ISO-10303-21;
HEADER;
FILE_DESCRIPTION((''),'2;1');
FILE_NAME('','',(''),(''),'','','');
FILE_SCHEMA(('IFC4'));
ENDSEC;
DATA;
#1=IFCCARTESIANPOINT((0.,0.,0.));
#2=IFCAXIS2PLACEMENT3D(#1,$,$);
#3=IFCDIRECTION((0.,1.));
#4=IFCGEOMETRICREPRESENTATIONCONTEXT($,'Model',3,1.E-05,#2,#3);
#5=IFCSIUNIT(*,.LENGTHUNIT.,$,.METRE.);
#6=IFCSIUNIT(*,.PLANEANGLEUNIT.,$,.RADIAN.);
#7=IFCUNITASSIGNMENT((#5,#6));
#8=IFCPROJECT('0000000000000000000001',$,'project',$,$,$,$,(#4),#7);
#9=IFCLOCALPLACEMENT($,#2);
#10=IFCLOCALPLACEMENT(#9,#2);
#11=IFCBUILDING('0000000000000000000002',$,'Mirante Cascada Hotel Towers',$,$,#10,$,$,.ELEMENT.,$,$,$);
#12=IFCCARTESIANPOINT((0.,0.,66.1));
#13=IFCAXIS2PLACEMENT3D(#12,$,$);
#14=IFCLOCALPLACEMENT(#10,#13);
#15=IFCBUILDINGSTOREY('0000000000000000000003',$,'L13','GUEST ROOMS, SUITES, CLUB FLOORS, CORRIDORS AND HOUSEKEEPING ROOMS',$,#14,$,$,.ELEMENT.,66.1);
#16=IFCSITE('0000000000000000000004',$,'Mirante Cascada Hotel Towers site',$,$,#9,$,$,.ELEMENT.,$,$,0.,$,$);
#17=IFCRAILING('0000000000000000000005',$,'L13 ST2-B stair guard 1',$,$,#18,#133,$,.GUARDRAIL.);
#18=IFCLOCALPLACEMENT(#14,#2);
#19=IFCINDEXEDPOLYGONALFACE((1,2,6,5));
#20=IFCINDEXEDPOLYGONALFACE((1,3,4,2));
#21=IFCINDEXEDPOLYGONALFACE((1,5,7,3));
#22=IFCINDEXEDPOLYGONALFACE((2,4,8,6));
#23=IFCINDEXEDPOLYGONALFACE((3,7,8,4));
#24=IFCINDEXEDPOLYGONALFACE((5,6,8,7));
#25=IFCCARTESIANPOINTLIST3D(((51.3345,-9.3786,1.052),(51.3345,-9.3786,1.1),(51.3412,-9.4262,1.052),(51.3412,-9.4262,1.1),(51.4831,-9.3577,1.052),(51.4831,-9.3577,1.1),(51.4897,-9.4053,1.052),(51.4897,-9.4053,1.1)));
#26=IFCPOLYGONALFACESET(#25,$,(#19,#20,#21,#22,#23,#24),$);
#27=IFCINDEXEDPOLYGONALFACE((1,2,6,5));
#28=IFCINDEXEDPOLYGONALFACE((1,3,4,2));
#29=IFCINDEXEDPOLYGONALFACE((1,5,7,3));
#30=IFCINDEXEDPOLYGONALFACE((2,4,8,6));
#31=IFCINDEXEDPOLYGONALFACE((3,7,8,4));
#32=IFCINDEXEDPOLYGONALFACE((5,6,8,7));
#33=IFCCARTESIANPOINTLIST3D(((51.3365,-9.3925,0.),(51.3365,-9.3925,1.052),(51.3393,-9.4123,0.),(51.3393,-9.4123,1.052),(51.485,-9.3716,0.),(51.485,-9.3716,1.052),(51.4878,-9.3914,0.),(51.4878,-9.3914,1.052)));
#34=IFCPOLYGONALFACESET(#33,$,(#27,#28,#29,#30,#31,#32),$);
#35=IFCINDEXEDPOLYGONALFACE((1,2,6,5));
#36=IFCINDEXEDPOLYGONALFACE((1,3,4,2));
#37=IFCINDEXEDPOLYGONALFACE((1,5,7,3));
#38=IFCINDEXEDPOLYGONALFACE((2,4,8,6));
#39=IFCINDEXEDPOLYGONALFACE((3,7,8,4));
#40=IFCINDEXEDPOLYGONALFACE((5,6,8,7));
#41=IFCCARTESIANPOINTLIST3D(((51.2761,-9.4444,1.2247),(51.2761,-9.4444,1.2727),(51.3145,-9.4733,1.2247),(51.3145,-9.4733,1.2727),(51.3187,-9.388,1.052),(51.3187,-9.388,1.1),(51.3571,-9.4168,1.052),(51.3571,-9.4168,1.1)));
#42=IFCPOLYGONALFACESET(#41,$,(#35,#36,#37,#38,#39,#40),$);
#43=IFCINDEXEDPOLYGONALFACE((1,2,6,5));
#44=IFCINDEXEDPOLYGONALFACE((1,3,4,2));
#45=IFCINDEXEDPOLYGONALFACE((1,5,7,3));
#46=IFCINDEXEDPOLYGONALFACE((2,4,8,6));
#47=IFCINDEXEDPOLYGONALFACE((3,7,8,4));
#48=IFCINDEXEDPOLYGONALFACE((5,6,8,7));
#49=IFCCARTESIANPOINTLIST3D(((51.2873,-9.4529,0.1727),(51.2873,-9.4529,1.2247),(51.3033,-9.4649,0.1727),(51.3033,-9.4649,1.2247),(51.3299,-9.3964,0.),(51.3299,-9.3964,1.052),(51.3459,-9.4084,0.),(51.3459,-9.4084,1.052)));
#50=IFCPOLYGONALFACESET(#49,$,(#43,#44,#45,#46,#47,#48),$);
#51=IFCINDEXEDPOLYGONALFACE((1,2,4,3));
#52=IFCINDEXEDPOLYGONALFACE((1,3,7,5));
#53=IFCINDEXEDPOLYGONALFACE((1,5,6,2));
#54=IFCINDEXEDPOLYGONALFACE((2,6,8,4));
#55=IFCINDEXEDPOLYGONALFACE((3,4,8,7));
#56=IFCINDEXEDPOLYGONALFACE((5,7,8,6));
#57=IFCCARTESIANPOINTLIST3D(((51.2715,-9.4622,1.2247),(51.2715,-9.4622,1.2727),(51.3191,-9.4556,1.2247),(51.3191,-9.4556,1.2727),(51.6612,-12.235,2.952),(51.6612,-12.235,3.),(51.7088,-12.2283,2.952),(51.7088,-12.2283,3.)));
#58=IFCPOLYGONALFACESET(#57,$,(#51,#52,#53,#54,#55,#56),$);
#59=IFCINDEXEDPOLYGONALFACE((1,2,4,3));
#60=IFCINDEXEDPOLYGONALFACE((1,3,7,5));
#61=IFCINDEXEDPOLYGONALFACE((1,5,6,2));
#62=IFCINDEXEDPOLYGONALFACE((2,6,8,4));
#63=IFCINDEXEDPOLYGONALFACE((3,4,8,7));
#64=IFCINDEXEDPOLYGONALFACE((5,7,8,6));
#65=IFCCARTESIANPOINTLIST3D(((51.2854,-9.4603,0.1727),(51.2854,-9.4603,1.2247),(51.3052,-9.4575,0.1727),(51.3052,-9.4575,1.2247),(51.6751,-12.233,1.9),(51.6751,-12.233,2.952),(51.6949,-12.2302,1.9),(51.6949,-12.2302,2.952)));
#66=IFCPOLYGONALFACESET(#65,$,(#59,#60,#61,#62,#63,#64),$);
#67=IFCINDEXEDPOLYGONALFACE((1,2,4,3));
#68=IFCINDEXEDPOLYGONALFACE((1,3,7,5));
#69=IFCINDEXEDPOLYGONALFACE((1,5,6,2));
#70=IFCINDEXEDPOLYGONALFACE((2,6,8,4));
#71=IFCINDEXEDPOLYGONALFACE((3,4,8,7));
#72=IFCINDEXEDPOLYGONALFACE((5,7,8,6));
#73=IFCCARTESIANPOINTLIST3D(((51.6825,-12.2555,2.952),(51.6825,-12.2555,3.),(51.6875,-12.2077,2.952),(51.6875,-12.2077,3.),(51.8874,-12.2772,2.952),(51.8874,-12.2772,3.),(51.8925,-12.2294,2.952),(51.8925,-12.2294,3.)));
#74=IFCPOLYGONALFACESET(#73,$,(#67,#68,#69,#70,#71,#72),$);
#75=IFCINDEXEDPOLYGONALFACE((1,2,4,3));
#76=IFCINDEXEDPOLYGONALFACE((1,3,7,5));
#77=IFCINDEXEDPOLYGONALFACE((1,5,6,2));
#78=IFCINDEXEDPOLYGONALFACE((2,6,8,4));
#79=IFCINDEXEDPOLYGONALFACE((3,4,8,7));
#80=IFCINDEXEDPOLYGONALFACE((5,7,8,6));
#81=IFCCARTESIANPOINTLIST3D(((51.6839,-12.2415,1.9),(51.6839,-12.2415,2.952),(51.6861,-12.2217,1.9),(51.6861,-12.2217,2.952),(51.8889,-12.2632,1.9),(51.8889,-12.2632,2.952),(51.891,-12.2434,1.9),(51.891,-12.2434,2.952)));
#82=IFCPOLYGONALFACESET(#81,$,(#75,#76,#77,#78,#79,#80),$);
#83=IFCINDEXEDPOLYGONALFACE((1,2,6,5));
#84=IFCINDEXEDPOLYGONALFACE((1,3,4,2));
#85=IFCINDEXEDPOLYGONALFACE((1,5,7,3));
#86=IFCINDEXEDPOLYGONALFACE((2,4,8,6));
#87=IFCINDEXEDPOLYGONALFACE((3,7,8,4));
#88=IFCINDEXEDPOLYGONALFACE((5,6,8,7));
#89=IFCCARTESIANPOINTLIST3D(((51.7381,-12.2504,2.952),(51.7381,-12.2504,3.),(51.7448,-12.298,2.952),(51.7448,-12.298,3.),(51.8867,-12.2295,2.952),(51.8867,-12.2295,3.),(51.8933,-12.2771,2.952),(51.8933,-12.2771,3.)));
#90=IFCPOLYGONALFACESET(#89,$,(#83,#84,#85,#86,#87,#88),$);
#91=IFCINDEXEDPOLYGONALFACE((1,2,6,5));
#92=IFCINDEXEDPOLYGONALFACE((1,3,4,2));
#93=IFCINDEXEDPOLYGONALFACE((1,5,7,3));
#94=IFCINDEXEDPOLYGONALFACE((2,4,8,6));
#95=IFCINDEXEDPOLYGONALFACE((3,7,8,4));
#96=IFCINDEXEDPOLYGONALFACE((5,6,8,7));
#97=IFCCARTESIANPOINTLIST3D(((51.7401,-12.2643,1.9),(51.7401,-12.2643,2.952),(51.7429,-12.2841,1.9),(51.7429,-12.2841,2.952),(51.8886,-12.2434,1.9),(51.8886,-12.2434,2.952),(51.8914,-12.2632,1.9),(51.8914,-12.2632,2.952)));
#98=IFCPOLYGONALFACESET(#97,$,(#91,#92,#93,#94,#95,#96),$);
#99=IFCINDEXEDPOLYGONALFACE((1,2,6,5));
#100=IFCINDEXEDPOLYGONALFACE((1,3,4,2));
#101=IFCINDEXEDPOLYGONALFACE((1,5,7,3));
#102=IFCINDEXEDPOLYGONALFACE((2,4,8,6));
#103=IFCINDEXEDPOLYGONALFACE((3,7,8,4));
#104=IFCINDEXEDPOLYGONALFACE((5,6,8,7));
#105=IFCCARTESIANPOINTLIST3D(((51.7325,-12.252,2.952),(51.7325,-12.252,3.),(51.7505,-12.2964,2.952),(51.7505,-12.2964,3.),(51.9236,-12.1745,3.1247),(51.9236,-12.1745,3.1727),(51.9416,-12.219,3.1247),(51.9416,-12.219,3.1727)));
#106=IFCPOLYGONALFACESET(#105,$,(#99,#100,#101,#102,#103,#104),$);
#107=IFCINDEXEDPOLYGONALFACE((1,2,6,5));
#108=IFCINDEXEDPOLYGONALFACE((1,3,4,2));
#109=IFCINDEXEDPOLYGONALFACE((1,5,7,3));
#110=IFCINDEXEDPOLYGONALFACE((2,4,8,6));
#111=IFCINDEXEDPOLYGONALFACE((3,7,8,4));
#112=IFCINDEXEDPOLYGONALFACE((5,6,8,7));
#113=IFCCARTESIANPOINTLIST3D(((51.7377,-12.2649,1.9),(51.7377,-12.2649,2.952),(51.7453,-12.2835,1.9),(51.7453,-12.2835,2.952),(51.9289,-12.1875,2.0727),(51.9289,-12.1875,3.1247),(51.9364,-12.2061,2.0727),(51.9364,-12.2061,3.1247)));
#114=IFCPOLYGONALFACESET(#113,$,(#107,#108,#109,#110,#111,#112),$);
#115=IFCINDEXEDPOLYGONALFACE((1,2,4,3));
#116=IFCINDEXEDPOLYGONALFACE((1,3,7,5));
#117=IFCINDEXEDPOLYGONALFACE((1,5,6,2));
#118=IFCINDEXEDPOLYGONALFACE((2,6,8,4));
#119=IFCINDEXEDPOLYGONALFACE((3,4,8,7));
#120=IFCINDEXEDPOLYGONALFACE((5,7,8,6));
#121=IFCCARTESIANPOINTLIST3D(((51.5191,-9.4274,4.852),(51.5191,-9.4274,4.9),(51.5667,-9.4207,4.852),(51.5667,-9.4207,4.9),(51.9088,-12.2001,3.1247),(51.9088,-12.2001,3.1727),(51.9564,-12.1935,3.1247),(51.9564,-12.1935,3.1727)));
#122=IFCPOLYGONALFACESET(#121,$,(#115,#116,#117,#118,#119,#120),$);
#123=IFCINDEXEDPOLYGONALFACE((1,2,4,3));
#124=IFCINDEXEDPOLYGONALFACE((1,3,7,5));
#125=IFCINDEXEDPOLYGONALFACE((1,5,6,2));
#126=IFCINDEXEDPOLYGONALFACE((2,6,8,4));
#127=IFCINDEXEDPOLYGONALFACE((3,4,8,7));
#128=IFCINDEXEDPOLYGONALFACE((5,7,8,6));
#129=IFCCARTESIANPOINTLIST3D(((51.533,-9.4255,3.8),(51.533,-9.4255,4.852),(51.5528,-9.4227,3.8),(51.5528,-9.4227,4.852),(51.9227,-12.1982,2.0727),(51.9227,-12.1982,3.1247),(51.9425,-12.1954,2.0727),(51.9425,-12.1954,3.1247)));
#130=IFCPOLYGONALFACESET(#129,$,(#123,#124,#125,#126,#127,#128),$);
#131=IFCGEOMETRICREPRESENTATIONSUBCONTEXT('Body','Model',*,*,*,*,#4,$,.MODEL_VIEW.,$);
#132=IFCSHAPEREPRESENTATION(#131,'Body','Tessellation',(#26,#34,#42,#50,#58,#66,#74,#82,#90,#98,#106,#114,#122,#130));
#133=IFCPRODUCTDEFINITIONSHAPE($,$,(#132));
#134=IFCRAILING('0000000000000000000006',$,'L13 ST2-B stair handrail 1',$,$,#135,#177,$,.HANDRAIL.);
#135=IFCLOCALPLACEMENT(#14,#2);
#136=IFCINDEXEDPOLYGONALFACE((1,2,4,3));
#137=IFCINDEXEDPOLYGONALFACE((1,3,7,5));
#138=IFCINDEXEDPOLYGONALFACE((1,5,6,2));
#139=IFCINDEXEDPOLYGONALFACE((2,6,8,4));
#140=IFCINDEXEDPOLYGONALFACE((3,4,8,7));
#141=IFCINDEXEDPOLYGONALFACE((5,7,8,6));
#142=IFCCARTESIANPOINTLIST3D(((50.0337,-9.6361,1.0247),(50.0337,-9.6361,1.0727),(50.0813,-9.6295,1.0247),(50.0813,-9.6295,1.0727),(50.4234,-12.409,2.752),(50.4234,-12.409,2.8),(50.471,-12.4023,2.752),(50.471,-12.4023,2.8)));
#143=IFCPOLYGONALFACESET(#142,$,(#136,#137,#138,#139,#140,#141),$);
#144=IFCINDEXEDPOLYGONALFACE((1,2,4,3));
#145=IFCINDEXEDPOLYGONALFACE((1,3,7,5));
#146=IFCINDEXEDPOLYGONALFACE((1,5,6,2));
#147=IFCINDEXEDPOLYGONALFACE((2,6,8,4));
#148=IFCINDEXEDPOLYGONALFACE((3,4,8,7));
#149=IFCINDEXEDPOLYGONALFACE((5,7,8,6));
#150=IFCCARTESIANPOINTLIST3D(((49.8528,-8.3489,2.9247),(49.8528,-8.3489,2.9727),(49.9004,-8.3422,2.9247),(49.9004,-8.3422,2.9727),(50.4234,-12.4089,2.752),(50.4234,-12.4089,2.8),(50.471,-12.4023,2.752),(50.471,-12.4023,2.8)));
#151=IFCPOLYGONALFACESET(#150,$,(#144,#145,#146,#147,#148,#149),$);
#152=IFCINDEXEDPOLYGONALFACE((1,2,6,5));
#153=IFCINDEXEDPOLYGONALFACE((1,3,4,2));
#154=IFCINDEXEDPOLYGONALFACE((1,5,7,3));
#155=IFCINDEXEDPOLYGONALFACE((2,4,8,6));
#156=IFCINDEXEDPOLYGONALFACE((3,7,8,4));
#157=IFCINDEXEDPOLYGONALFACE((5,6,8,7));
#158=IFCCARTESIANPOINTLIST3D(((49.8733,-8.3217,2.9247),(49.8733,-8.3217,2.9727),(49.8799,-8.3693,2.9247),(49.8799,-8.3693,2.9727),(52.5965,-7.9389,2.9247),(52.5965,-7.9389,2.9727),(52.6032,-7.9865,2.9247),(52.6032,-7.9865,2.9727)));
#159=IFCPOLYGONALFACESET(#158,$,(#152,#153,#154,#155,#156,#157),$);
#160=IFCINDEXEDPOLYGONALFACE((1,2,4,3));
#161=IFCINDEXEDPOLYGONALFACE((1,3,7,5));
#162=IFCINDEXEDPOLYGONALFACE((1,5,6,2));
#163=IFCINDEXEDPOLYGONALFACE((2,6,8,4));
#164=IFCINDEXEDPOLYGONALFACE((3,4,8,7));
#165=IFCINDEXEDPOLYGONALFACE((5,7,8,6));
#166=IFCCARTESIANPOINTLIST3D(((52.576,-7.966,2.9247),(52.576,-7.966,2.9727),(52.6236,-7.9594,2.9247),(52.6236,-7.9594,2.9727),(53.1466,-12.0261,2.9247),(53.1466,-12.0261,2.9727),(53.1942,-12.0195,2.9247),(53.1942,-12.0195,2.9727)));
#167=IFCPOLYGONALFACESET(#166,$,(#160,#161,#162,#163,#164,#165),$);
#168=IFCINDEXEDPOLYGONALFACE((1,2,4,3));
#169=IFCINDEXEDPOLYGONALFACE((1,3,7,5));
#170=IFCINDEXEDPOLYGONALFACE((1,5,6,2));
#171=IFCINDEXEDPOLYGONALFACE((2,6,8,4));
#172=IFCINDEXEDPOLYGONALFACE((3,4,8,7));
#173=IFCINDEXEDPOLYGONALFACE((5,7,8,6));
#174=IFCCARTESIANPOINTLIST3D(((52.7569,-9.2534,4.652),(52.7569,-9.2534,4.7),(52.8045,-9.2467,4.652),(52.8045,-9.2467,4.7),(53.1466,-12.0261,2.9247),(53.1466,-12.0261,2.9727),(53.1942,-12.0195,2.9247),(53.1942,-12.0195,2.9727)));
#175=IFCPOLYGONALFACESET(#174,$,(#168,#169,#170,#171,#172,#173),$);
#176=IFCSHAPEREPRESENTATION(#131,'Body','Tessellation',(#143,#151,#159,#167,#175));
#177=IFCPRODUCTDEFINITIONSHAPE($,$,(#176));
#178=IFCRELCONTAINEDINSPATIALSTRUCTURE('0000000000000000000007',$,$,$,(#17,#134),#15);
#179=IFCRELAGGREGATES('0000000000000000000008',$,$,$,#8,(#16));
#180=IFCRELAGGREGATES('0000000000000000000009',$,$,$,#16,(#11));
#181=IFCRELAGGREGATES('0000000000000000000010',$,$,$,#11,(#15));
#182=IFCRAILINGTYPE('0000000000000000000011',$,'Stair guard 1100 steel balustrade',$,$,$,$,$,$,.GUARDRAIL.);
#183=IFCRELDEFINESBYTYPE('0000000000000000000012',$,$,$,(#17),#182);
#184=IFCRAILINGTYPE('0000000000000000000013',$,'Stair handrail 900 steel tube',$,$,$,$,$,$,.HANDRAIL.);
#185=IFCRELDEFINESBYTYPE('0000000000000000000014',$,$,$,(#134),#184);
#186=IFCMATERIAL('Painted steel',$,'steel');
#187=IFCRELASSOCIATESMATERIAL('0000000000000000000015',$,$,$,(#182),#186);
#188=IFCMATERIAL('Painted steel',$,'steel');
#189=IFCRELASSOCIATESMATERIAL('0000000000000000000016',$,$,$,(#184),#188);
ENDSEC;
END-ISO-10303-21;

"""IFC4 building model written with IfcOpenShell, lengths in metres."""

from ifc_helpers import new_model, si_unit, direction, frame, origin, origin_2d, place, context, subcontext, project, spatial, rectangle, extrude, material, type_object, element, save


model = new_model("IFC4")

# Units and contexts
model_context = context("Model", 3, precision=1e-05, world=origin(), true_north=direction((0.0, 1.0)))
body_context = subcontext(model_context, "Body", "Model", "MODEL_VIEW")
ifc_project = project(units=[si_unit("LENGTHUNIT", "METRE"), si_unit("PLANEANGLEUNIT", "RADIAN")], contexts=[model_context])

# Site, building, storey
site_placement = place(None, origin())
site = spatial("IfcSite", under=ifc_project, at=site_placement, Name="Mirante Cascada Hotel Towers site", CompositionType="ELEMENT", RefElevation=0.0)
building_placement = place(site_placement, origin())
building = spatial("IfcBuilding", under=site, at=building_placement, Name="Mirante Cascada Hotel Towers", CompositionType="ELEMENT")
storey_placement = place(building_placement, frame((0.0, 0.0, 66.1)))
storey = spatial("IfcBuildingStorey", under=building, at=storey_placement, Name="L13", Description="GUEST ROOMS, SUITES, CLUB FLOORS, CORRIDORS AND HOUSEKEEPING ROOMS", CompositionType="ELEMENT", Elevation=66.1)

# Railings
ifc_material_1 = material(Name="Painted steel", Category="steel")
railing_type_1 = type_object("IfcRailingType", Name="Stair guard 1100 steel balustrade", PredefinedType="GUARDRAIL", material=ifc_material_1)
railing_1_placement = place(storey_placement, frame((51.4864, -9.3815, 0.0)))
element("IfcRailing", 1, at=railing_1_placement, inside=storey, type_object=railing_type_1, Name="L13 ST2-B stair guard 1", PredefinedType="GUARDRAIL", context=body_context, shape_type="SweptSolid", body=[
    extrude(rectangle(XDim=0.048, YDim=0.048, at=origin_2d()), frame((0.0, 0.0, 1.076), z_axis=(-0.990241, -0.139367, 0.0), x_axis=(0.139367, -0.990241, 0.0)), (0.0, 0.0, 1.0), 0.15),
    extrude(rectangle(XDim=0.02, YDim=1.052, at=origin_2d()), frame((0.0, 0.0, 0.526), z_axis=(-0.990241, -0.139367, 0.0), x_axis=(0.139367, -0.990241, 0.0)), (0.0, 0.0, 1.0), 0.15),
    extrude(rectangle(XDim=0.048, YDim=0.048, at=origin_2d()), frame((-0.1485, -0.0209, 1.076), z_axis=(-0.602033, -0.798471, 0.0), x_axis=(0.798471, -0.602033, 0.0)), (0.0, 0.92534, 0.379139), 0.1866),
    extrude(rectangle(XDim=0.02, YDim=1.052, at=origin_2d()), frame((-0.1485, -0.0209, 0.526), z_axis=(-0.602033, -0.798471, 0.0), x_axis=(0.798471, -0.602033, 0.0)), (0.0, 0.92534, 0.379139), 0.1866),
    extrude(rectangle(XDim=0.048, YDim=0.048, at=origin_2d()), frame((-0.1911, -0.0774, 1.2487), z_axis=(0.139181, -0.990267, 0.0), x_axis=(0.990267, 0.139181, 0.0)), (0.0, 0.525035, 0.851081), 3.2899),
    extrude(rectangle(XDim=0.02, YDim=1.052, at=origin_2d()), frame((-0.1911, -0.0774, 0.6987), z_axis=(0.139181, -0.990267, 0.0), x_axis=(0.990267, 0.139181, 0.0)), (0.0, 0.525035, 0.851081), 3.2899),
    extrude(rectangle(XDim=0.048, YDim=0.048, at=origin_2d()), frame((0.1986, -2.8501, 2.976), z_axis=(0.994444, -0.105266, 0.0), x_axis=(0.105266, 0.994444, 0.0)), (0.0, 0.0, 1.0), 0.2061),
    extrude(rectangle(XDim=0.02, YDim=1.052, at=origin_2d()), frame((0.1986, -2.8501, 2.426), z_axis=(0.994444, -0.105266, 0.0), x_axis=(0.105266, 0.994444, 0.0)), (0.0, 0.0, 1.0), 0.2061),
    extrude(rectangle(XDim=0.048, YDim=0.048, at=origin_2d()), frame((0.4036, -2.8718, 2.976), z_axis=(-0.990241, -0.139367, 0.0), x_axis=(0.139367, -0.990241, 0.0)), (0.0, 0.0, 1.0), 0.15),
    extrude(rectangle(XDim=0.02, YDim=1.052, at=origin_2d()), frame((0.4036, -2.8718, 2.426), z_axis=(-0.990241, -0.139367, 0.0), x_axis=(0.139367, -0.990241, 0.0)), (0.0, 0.0, 1.0), 0.15),
    extrude(rectangle(XDim=0.048, YDim=0.048, at=origin_2d()), frame((0.2551, -2.8927, 2.976), z_axis=(0.926862, 0.375401, 0.0), x_axis=(-0.375401, 0.926862, 0.0)), (0.0, 0.642122, 0.766603), 0.269),
    extrude(rectangle(XDim=0.02, YDim=1.052, at=origin_2d()), frame((0.2551, -2.8927, 2.426), z_axis=(0.926862, 0.375401, 0.0), x_axis=(-0.375401, 0.926862, 0.0)), (0.0, 0.642122, 0.766603), 0.269),
    extrude(rectangle(XDim=0.048, YDim=0.048, at=origin_2d()), frame((0.4462, -2.8153, 3.1487), z_axis=(-0.139181, 0.990267, 0.0), x_axis=(-0.990267, -0.139181, 0.0)), (0.0, 0.525035, 0.851081), 3.2899),
    extrude(rectangle(XDim=0.02, YDim=1.052, at=origin_2d()), frame((0.4462, -2.8153, 2.5987), z_axis=(-0.139181, 0.990267, 0.0), x_axis=(-0.990267, -0.139181, 0.0)), (0.0, 0.525035, 0.851081), 3.2899),
])
ifc_material_2 = material(Name="Painted steel", Category="steel")
railing_type_2 = type_object("IfcRailingType", Name="Stair handrail 900 steel tube", PredefinedType="HANDRAIL", material=ifc_material_2)
railing_2_placement = place(storey_placement, frame((50.0575, -9.6328, 0.1727)))
element("IfcRailing", 2, at=railing_2_placement, inside=storey, type_object=railing_type_2, Name="L13 ST2-B stair handrail 1", PredefinedType="HANDRAIL", context=body_context, shape_type="SweptSolid", body=[
    extrude(rectangle(XDim=0.048, YDim=0.048, at=origin_2d()), frame((0.0, 0.0, 0.876), z_axis=(0.139176, -0.990268, 0.0), x_axis=(0.990268, 0.139176, 0.0)), (0.0, 0.525021, 0.851089), 3.29),
    extrude(rectangle(XDim=0.048, YDim=0.048, at=origin_2d()), frame((0.3897, -2.7728, 2.6033), z_axis=(-0.139171, 0.990268, 0.0), x_axis=(-0.990268, -0.139171, 0.0)), (0.0, 0.042085, 0.999114), 4.1036),
    extrude(rectangle(XDim=0.048, YDim=0.048, at=origin_2d()), frame((-0.1809, 1.2873, 2.776), z_axis=(0.990264, 0.139201, 0.0), x_axis=(-0.139201, 0.990264, 0.0)), (0.0, 0.0, 1.0), 2.75),
    extrude(rectangle(XDim=0.048, YDim=0.048, at=origin_2d()), frame((2.5423, 1.6701, 2.776), z_axis=(0.139171, -0.990268, 0.0), x_axis=(0.990268, 0.139171, 0.0)), (0.0, 0.0, 1.0), 4.1),
    extrude(rectangle(XDim=0.048, YDim=0.048, at=origin_2d()), frame((3.1129, -2.39, 2.776), z_axis=(-0.139181, 0.990267, 0.0), x_axis=(-0.990267, -0.139181, 0.0)), (0.0, 0.525035, 0.851081), 3.2899),
])

save(model, "model.ifc")
